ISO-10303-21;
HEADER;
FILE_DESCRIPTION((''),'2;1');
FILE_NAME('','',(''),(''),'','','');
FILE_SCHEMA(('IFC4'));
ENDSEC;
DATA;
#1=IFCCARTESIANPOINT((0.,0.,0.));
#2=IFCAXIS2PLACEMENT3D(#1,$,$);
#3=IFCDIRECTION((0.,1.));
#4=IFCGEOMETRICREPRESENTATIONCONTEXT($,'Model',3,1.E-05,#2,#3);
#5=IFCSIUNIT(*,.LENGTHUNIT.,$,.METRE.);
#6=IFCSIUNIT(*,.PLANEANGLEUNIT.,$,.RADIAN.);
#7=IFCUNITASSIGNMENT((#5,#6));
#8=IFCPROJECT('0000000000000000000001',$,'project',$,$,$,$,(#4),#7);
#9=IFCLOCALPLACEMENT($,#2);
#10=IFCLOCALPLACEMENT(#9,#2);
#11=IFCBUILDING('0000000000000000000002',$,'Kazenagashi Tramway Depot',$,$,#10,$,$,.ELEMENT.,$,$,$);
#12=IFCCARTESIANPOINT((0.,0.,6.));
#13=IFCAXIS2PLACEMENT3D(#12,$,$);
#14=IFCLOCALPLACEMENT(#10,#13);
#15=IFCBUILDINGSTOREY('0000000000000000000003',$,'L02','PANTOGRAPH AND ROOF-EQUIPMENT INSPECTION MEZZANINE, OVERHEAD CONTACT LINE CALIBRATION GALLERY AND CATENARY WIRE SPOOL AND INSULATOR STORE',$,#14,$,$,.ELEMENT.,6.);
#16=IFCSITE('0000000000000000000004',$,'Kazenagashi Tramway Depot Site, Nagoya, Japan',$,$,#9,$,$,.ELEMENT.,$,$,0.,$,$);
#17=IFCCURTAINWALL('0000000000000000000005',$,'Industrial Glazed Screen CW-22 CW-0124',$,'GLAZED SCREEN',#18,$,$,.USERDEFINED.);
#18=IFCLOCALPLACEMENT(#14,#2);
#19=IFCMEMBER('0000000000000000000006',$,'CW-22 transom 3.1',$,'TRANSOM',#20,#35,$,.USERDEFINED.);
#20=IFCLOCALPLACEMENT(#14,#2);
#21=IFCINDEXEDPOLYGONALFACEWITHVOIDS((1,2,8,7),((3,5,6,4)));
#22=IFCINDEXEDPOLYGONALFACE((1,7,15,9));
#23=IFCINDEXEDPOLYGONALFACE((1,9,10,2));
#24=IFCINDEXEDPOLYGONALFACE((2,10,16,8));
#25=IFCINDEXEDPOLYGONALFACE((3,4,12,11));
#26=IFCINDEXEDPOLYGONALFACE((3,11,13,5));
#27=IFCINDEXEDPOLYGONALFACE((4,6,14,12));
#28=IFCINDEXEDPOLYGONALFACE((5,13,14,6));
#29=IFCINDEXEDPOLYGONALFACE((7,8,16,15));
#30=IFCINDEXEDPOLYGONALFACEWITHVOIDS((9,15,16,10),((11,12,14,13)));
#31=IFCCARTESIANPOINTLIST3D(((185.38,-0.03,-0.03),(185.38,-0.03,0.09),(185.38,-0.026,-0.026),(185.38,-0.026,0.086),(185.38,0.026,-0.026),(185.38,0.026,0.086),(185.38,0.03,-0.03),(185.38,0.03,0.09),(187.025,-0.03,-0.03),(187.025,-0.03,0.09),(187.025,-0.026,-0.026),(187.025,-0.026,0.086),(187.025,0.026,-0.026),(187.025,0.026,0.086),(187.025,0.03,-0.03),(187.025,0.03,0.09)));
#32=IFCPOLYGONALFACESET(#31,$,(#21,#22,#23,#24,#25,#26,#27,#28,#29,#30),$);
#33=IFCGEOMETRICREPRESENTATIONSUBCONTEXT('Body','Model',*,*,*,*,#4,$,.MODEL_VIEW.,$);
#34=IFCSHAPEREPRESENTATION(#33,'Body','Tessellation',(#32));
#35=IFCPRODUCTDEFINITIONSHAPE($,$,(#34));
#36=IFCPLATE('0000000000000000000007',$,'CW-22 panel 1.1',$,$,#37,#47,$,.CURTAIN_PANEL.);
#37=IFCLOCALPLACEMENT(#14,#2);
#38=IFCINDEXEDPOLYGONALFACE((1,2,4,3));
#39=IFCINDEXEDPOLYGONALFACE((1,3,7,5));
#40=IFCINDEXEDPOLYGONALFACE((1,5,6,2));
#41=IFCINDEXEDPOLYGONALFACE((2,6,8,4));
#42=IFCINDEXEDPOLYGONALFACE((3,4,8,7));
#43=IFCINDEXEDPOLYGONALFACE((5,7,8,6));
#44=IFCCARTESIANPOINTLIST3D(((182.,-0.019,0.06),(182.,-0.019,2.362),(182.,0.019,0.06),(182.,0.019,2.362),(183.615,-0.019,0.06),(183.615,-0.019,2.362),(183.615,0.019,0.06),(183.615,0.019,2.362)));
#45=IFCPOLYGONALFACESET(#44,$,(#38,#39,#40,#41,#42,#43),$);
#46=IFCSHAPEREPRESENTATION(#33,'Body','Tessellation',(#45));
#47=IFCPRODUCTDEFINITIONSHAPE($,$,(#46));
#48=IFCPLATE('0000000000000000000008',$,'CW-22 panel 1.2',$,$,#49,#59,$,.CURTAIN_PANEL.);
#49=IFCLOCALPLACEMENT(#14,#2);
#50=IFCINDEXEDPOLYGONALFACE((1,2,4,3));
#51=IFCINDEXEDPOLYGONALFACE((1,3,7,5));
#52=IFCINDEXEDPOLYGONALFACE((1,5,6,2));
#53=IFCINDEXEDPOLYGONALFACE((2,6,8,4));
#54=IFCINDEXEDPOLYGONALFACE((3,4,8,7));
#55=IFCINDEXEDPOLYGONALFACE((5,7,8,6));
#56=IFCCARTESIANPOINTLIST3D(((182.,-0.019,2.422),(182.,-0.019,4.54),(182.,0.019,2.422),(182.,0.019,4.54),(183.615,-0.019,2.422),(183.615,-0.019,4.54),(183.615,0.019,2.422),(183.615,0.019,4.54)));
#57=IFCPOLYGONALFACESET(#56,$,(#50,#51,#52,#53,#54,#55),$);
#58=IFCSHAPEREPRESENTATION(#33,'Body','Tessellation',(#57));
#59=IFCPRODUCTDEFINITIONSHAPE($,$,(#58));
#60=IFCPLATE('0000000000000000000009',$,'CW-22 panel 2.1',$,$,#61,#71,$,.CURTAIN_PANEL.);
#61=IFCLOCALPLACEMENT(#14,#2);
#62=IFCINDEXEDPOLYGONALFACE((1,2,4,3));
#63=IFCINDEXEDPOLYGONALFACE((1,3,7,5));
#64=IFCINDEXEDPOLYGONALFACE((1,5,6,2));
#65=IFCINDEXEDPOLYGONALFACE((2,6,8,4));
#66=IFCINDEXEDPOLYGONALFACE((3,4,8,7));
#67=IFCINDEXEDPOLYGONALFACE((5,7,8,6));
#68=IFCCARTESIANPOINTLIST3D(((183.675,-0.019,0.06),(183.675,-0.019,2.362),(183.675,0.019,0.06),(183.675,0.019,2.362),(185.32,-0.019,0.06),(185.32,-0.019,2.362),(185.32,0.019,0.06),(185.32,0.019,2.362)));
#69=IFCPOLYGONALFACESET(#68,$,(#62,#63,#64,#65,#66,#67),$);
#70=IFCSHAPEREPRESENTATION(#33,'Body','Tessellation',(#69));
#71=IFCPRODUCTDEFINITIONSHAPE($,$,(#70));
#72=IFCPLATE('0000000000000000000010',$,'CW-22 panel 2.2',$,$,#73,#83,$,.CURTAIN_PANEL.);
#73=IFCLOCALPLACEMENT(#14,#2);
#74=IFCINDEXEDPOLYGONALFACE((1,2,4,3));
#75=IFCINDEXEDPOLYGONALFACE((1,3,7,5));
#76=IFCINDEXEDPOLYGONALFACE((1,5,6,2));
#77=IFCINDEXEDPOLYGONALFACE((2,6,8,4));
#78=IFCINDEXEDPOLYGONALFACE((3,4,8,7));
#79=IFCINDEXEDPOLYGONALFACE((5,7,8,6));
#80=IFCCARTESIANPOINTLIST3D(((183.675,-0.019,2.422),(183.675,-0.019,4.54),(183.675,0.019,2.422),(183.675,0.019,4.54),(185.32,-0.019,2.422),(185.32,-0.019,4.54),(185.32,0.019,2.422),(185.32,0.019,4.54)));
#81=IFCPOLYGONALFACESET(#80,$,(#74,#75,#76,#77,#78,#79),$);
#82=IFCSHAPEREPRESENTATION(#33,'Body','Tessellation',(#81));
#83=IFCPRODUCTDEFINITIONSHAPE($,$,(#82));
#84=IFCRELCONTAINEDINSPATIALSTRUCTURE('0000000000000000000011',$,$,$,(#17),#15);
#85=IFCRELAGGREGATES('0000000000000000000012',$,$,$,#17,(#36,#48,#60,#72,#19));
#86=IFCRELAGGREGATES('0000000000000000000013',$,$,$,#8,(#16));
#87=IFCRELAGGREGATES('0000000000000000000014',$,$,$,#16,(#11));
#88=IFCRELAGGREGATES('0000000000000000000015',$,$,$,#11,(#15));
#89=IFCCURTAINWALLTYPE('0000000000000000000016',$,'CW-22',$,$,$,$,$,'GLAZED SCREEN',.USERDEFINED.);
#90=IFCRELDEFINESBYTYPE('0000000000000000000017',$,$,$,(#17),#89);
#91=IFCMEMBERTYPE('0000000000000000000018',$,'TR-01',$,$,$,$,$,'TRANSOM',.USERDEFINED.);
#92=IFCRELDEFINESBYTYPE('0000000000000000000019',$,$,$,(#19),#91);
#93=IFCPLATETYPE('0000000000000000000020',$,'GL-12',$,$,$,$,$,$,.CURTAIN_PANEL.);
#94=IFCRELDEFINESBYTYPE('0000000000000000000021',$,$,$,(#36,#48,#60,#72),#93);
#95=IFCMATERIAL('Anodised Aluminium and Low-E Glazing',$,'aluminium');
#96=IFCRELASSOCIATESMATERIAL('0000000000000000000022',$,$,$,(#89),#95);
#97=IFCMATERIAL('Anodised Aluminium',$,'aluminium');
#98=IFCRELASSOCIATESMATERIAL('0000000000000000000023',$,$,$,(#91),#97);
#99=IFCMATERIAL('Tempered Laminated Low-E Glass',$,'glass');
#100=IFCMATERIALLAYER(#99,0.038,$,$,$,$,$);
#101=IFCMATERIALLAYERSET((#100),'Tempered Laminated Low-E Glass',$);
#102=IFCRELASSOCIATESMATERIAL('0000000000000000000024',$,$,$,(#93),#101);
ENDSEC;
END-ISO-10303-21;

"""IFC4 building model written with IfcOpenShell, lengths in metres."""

from ifc_helpers import new_model, si_unit, direction, frame, origin, origin_2d, place, context, subcontext, project, spatial, rectangle, hollow_rectangle, extrude, material, layer, layer_set, material_profile, profile_set, type_object, element, aggregate, save


model = new_model("IFC4")

# Units and contexts
model_context = context("Model", 3, precision=1e-05, world=origin(), true_north=direction((0.0, 1.0)))
body_context = subcontext(model_context, "Body", "Model", "MODEL_VIEW")
ifc_project = project(units=[si_unit("LENGTHUNIT", "METRE"), si_unit("PLANEANGLEUNIT", "RADIAN")], contexts=[model_context])

# Site, building, storey
site_placement = place(None, origin())
site = spatial("IfcSite", under=ifc_project, at=site_placement, Name="Kazenagashi Tramway Depot Site, Nagoya, Japan", CompositionType="ELEMENT", RefElevation=0.0)
building_placement = place(site_placement, origin())
building = spatial("IfcBuilding", under=site, at=building_placement, Name="Kazenagashi Tramway Depot", CompositionType="ELEMENT")
storey_placement = place(building_placement, frame((0.0, 0.0, 6.0)))
storey = spatial("IfcBuildingStorey", under=building, at=storey_placement, Name="L02", Description="PANTOGRAPH AND ROOF-EQUIPMENT INSPECTION MEZZANINE, OVERHEAD CONTACT LINE CALIBRATION GALLERY AND CATENARY WIRE SPOOL AND INSULATOR STORE", CompositionType="ELEMENT", Elevation=6.0)

# Curtain wall
ifc_material_1 = material(Name="Anodised Aluminium and Low-E Glazing", Category="aluminium")
curtain_wall_type = type_object("IfcCurtainWallType", Name="CW-22", ElementType="GLAZED SCREEN", PredefinedType="USERDEFINED", material=ifc_material_1)
curtain_wall_placement = place(storey_placement, origin())
curtain_wall = element("IfcCurtainWall", 1, at=curtain_wall_placement, inside=storey, type_object=curtain_wall_type, Name="Industrial Glazed Screen CW-22 CW-0124", ObjectType="GLAZED SCREEN", PredefinedType="USERDEFINED")
ifc_material_2 = material(Name="Anodised Aluminium", Category="aluminium")

# Member
ifc_material_profile_1 = material_profile(ifc_material_2, hollow_rectangle(XDim=0.06, YDim=0.12, WallThickness=0.004, at=origin_2d()), Name="RHS-120x60x4")
ifc_profile_set_1 = profile_set([ifc_material_profile_1], Name="Anodised Aluminium")
member_type_1 = type_object("IfcMemberType", Name="TR-01", ElementType="TRANSOM", PredefinedType="USERDEFINED", material=ifc_profile_set_1)
member_1_placement = place(storey_placement, frame((185.38, 0.0, 0.03), z_axis=(1.0, 0.0, 0.0), x_axis=(0.0, 1.0, 0.0)))
member_1 = element("IfcMember", 2, at=member_1_placement, type_object=member_type_1, Name="CW-22 transom 3.1", ObjectType="TRANSOM", PredefinedType="USERDEFINED", context=body_context, shape_type="SweptSolid", body=[
    extrude(hollow_rectangle(XDim=0.06, YDim=0.12, WallThickness=0.004, at=origin_2d()), origin(), (0.0, 0.0, 1.0), 1.645),
])

# Plates
ifc_material_3 = material(Name="Tempered Laminated Low-E Glass", Category="glass")
ifc_layer = layer(ifc_material_3, 0.038)
ifc_layer_set = layer_set([ifc_layer], Name="Tempered Laminated Low-E Glass")
plate_type = type_object("IfcPlateType", Name="GL-12", PredefinedType="CURTAIN_PANEL", material=ifc_layer_set)
plate_1_placement = place(storey_placement, frame((182.8075, 0.0, 0.06), z_axis=(0.0, 0.0, 1.0), x_axis=(1.0, 0.0, 0.0)))
plate_1 = element("IfcPlate", 3, at=plate_1_placement, type_object=plate_type, Name="CW-22 panel 1.1", PredefinedType="CURTAIN_PANEL", context=body_context, shape_type="SweptSolid", body=[
    extrude(rectangle(XDim=1.615, YDim=0.038, at=origin_2d()), origin(), (0.0, 0.0, 1.0), 2.302),
])
plate_2_placement = place(storey_placement, frame((182.8075, 0.0, 2.422), z_axis=(0.0, 0.0, 1.0), x_axis=(1.0, 0.0, 0.0)))
plate_2 = element("IfcPlate", 4, at=plate_2_placement, type_object=plate_type, Name="CW-22 panel 1.2", PredefinedType="CURTAIN_PANEL", context=body_context, shape_type="SweptSolid", body=[
    extrude(rectangle(XDim=1.615, YDim=0.038, at=origin_2d()), origin(), (0.0, 0.0, 1.0), 2.118),
])
plate_3_placement = place(storey_placement, frame((184.4975, 0.0, 0.06), z_axis=(0.0, 0.0, 1.0), x_axis=(1.0, 0.0, 0.0)))
plate_3 = element("IfcPlate", 5, at=plate_3_placement, type_object=plate_type, Name="CW-22 panel 2.1", PredefinedType="CURTAIN_PANEL", context=body_context, shape_type="SweptSolid", body=[
    extrude(rectangle(XDim=1.645, YDim=0.038, at=origin_2d()), origin(), (0.0, 0.0, 1.0), 2.302),
])
plate_4_placement = place(storey_placement, frame((184.4975, 0.0, 2.422), z_axis=(0.0, 0.0, 1.0), x_axis=(1.0, 0.0, 0.0)))
plate_4 = element("IfcPlate", 6, at=plate_4_placement, type_object=plate_type, Name="CW-22 panel 2.2", PredefinedType="CURTAIN_PANEL", context=body_context, shape_type="SweptSolid", body=[
    extrude(rectangle(XDim=1.645, YDim=0.038, at=origin_2d()), origin(), (0.0, 0.0, 1.0), 2.118),
])
aggregate(curtain_wall, [plate_1, plate_2, plate_3, plate_4, member_1])

save(model, "model.ifc")
